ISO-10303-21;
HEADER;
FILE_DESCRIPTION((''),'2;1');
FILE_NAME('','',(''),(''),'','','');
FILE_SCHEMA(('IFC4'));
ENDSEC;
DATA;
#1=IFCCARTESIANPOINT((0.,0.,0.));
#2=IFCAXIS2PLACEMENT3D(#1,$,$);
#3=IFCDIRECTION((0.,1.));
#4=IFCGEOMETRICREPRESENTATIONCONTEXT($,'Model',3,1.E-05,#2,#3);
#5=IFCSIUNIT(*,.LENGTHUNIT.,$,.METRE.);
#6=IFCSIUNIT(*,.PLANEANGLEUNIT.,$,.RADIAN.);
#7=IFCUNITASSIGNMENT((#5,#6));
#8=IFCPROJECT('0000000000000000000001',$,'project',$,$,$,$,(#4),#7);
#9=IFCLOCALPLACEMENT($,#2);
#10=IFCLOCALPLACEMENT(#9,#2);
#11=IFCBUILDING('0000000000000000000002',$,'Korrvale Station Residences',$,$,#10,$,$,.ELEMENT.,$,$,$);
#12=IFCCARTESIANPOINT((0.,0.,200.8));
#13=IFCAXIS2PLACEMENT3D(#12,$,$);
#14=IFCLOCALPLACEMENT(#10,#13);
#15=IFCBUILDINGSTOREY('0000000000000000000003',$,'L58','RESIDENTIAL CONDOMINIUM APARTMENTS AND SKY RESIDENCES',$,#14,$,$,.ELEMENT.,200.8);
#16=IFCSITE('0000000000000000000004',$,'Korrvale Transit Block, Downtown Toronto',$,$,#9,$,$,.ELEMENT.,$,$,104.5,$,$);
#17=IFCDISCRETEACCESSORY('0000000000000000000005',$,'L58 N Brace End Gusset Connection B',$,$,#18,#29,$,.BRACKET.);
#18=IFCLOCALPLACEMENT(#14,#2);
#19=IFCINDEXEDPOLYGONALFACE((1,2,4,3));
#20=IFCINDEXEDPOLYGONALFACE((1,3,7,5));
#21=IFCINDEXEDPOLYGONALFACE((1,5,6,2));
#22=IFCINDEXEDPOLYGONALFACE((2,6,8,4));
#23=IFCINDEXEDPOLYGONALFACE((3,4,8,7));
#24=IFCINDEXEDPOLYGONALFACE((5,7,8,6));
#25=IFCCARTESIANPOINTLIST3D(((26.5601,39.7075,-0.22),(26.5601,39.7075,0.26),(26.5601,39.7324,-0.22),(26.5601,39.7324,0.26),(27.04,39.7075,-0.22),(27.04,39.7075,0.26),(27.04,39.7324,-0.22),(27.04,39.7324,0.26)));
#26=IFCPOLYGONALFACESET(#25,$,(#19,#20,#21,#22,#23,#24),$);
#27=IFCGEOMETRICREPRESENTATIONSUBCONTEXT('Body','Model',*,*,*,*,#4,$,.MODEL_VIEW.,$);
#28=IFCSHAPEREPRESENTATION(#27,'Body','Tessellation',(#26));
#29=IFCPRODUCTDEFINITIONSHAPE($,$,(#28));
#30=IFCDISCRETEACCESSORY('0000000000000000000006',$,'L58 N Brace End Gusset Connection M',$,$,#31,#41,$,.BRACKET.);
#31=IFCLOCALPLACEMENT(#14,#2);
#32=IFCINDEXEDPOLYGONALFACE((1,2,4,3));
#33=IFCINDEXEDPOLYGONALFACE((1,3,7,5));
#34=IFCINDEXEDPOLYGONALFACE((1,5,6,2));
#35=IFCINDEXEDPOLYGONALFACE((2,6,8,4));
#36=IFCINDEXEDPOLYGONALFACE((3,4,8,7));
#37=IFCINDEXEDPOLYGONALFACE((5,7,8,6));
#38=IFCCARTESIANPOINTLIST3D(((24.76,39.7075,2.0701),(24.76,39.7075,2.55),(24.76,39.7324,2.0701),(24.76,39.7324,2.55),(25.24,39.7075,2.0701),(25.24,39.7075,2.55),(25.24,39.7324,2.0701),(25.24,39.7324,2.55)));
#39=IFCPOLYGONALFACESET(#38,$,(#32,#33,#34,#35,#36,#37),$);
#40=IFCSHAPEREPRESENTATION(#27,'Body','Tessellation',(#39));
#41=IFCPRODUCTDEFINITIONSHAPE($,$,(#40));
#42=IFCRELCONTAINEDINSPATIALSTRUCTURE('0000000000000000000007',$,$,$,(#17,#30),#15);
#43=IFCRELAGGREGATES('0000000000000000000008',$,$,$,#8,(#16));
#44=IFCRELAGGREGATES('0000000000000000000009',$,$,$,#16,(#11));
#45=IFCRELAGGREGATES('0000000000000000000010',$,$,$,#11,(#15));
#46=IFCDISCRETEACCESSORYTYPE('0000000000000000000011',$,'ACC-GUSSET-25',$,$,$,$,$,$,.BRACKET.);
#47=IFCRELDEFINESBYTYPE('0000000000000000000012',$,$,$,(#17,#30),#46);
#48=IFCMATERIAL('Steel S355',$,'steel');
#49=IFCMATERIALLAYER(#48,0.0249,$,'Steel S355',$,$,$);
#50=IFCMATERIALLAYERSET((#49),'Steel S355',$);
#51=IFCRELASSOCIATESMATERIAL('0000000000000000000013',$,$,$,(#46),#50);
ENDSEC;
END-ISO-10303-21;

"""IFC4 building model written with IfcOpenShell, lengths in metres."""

from ifc_helpers import new_model, si_unit, direction, frame, origin, origin_2d, place, context, subcontext, project, spatial, rectangle, extrude, material, layer, layer_set, type_object, element, save


model = new_model("IFC4")

# Units and contexts
model_context = context("Model", 3, precision=1e-05, world=origin(), true_north=direction((0.0, 1.0)))
body_context = subcontext(model_context, "Body", "Model", "MODEL_VIEW")
ifc_project = project(units=[si_unit("LENGTHUNIT", "METRE"), si_unit("PLANEANGLEUNIT", "RADIAN")], contexts=[model_context])

# Site, building, storey
site_placement = place(None, origin())
site = spatial("IfcSite", under=ifc_project, at=site_placement, Name="Korrvale Transit Block, Downtown Toronto", CompositionType="ELEMENT", RefElevation=104.5)
building_placement = place(site_placement, origin())
building = spatial("IfcBuilding", under=site, at=building_placement, Name="Korrvale Station Residences", CompositionType="ELEMENT")
storey_placement = place(building_placement, frame((0.0, 0.0, 200.8)))
storey = spatial("IfcBuildingStorey", under=building, at=storey_placement, Name="L58", Description="RESIDENTIAL CONDOMINIUM APARTMENTS AND SKY RESIDENCES", CompositionType="ELEMENT", Elevation=200.8)

# Shared definitions
ifc_material_1 = material(Name="Steel S355", Category="steel")

# Discrete accessories
ifc_layer_1 = layer(ifc_material_1, 0.0249, Name="Steel S355")
ifc_layer_set_1 = layer_set([ifc_layer_1], Name="Steel S355")
discrete_accessory_type = type_object("IfcDiscreteAccessoryType", Name="ACC-GUSSET-25", PredefinedType="BRACKET", material=ifc_layer_set_1)
for number, where, z_axis, x_axis, name in (
    (1, (26.8, 39.72, -0.22), (0.0, 0.0, 1.0), (1.0, 0.0, 0.0), "L58 N Brace End Gusset Connection B"),
    (2, (25.0, 39.72, 2.0701), (0.0, 0.0, 1.0), (1.0, 0.0, 0.0), "L58 N Brace End Gusset Connection M"),
):
    element("IfcDiscreteAccessory", number, at=place(storey_placement, frame(where, z_axis=z_axis, x_axis=x_axis)), inside=storey, type_object=discrete_accessory_type, Name=name, PredefinedType="BRACKET", context=body_context, shape_type="SweptSolid", body=[
        extrude(rectangle(XDim=0.48, YDim=0.0249, at=origin_2d()), origin(), (0.0, 0.0, 1.0), 0.48),
    ])

save(model, "model.ifc")
